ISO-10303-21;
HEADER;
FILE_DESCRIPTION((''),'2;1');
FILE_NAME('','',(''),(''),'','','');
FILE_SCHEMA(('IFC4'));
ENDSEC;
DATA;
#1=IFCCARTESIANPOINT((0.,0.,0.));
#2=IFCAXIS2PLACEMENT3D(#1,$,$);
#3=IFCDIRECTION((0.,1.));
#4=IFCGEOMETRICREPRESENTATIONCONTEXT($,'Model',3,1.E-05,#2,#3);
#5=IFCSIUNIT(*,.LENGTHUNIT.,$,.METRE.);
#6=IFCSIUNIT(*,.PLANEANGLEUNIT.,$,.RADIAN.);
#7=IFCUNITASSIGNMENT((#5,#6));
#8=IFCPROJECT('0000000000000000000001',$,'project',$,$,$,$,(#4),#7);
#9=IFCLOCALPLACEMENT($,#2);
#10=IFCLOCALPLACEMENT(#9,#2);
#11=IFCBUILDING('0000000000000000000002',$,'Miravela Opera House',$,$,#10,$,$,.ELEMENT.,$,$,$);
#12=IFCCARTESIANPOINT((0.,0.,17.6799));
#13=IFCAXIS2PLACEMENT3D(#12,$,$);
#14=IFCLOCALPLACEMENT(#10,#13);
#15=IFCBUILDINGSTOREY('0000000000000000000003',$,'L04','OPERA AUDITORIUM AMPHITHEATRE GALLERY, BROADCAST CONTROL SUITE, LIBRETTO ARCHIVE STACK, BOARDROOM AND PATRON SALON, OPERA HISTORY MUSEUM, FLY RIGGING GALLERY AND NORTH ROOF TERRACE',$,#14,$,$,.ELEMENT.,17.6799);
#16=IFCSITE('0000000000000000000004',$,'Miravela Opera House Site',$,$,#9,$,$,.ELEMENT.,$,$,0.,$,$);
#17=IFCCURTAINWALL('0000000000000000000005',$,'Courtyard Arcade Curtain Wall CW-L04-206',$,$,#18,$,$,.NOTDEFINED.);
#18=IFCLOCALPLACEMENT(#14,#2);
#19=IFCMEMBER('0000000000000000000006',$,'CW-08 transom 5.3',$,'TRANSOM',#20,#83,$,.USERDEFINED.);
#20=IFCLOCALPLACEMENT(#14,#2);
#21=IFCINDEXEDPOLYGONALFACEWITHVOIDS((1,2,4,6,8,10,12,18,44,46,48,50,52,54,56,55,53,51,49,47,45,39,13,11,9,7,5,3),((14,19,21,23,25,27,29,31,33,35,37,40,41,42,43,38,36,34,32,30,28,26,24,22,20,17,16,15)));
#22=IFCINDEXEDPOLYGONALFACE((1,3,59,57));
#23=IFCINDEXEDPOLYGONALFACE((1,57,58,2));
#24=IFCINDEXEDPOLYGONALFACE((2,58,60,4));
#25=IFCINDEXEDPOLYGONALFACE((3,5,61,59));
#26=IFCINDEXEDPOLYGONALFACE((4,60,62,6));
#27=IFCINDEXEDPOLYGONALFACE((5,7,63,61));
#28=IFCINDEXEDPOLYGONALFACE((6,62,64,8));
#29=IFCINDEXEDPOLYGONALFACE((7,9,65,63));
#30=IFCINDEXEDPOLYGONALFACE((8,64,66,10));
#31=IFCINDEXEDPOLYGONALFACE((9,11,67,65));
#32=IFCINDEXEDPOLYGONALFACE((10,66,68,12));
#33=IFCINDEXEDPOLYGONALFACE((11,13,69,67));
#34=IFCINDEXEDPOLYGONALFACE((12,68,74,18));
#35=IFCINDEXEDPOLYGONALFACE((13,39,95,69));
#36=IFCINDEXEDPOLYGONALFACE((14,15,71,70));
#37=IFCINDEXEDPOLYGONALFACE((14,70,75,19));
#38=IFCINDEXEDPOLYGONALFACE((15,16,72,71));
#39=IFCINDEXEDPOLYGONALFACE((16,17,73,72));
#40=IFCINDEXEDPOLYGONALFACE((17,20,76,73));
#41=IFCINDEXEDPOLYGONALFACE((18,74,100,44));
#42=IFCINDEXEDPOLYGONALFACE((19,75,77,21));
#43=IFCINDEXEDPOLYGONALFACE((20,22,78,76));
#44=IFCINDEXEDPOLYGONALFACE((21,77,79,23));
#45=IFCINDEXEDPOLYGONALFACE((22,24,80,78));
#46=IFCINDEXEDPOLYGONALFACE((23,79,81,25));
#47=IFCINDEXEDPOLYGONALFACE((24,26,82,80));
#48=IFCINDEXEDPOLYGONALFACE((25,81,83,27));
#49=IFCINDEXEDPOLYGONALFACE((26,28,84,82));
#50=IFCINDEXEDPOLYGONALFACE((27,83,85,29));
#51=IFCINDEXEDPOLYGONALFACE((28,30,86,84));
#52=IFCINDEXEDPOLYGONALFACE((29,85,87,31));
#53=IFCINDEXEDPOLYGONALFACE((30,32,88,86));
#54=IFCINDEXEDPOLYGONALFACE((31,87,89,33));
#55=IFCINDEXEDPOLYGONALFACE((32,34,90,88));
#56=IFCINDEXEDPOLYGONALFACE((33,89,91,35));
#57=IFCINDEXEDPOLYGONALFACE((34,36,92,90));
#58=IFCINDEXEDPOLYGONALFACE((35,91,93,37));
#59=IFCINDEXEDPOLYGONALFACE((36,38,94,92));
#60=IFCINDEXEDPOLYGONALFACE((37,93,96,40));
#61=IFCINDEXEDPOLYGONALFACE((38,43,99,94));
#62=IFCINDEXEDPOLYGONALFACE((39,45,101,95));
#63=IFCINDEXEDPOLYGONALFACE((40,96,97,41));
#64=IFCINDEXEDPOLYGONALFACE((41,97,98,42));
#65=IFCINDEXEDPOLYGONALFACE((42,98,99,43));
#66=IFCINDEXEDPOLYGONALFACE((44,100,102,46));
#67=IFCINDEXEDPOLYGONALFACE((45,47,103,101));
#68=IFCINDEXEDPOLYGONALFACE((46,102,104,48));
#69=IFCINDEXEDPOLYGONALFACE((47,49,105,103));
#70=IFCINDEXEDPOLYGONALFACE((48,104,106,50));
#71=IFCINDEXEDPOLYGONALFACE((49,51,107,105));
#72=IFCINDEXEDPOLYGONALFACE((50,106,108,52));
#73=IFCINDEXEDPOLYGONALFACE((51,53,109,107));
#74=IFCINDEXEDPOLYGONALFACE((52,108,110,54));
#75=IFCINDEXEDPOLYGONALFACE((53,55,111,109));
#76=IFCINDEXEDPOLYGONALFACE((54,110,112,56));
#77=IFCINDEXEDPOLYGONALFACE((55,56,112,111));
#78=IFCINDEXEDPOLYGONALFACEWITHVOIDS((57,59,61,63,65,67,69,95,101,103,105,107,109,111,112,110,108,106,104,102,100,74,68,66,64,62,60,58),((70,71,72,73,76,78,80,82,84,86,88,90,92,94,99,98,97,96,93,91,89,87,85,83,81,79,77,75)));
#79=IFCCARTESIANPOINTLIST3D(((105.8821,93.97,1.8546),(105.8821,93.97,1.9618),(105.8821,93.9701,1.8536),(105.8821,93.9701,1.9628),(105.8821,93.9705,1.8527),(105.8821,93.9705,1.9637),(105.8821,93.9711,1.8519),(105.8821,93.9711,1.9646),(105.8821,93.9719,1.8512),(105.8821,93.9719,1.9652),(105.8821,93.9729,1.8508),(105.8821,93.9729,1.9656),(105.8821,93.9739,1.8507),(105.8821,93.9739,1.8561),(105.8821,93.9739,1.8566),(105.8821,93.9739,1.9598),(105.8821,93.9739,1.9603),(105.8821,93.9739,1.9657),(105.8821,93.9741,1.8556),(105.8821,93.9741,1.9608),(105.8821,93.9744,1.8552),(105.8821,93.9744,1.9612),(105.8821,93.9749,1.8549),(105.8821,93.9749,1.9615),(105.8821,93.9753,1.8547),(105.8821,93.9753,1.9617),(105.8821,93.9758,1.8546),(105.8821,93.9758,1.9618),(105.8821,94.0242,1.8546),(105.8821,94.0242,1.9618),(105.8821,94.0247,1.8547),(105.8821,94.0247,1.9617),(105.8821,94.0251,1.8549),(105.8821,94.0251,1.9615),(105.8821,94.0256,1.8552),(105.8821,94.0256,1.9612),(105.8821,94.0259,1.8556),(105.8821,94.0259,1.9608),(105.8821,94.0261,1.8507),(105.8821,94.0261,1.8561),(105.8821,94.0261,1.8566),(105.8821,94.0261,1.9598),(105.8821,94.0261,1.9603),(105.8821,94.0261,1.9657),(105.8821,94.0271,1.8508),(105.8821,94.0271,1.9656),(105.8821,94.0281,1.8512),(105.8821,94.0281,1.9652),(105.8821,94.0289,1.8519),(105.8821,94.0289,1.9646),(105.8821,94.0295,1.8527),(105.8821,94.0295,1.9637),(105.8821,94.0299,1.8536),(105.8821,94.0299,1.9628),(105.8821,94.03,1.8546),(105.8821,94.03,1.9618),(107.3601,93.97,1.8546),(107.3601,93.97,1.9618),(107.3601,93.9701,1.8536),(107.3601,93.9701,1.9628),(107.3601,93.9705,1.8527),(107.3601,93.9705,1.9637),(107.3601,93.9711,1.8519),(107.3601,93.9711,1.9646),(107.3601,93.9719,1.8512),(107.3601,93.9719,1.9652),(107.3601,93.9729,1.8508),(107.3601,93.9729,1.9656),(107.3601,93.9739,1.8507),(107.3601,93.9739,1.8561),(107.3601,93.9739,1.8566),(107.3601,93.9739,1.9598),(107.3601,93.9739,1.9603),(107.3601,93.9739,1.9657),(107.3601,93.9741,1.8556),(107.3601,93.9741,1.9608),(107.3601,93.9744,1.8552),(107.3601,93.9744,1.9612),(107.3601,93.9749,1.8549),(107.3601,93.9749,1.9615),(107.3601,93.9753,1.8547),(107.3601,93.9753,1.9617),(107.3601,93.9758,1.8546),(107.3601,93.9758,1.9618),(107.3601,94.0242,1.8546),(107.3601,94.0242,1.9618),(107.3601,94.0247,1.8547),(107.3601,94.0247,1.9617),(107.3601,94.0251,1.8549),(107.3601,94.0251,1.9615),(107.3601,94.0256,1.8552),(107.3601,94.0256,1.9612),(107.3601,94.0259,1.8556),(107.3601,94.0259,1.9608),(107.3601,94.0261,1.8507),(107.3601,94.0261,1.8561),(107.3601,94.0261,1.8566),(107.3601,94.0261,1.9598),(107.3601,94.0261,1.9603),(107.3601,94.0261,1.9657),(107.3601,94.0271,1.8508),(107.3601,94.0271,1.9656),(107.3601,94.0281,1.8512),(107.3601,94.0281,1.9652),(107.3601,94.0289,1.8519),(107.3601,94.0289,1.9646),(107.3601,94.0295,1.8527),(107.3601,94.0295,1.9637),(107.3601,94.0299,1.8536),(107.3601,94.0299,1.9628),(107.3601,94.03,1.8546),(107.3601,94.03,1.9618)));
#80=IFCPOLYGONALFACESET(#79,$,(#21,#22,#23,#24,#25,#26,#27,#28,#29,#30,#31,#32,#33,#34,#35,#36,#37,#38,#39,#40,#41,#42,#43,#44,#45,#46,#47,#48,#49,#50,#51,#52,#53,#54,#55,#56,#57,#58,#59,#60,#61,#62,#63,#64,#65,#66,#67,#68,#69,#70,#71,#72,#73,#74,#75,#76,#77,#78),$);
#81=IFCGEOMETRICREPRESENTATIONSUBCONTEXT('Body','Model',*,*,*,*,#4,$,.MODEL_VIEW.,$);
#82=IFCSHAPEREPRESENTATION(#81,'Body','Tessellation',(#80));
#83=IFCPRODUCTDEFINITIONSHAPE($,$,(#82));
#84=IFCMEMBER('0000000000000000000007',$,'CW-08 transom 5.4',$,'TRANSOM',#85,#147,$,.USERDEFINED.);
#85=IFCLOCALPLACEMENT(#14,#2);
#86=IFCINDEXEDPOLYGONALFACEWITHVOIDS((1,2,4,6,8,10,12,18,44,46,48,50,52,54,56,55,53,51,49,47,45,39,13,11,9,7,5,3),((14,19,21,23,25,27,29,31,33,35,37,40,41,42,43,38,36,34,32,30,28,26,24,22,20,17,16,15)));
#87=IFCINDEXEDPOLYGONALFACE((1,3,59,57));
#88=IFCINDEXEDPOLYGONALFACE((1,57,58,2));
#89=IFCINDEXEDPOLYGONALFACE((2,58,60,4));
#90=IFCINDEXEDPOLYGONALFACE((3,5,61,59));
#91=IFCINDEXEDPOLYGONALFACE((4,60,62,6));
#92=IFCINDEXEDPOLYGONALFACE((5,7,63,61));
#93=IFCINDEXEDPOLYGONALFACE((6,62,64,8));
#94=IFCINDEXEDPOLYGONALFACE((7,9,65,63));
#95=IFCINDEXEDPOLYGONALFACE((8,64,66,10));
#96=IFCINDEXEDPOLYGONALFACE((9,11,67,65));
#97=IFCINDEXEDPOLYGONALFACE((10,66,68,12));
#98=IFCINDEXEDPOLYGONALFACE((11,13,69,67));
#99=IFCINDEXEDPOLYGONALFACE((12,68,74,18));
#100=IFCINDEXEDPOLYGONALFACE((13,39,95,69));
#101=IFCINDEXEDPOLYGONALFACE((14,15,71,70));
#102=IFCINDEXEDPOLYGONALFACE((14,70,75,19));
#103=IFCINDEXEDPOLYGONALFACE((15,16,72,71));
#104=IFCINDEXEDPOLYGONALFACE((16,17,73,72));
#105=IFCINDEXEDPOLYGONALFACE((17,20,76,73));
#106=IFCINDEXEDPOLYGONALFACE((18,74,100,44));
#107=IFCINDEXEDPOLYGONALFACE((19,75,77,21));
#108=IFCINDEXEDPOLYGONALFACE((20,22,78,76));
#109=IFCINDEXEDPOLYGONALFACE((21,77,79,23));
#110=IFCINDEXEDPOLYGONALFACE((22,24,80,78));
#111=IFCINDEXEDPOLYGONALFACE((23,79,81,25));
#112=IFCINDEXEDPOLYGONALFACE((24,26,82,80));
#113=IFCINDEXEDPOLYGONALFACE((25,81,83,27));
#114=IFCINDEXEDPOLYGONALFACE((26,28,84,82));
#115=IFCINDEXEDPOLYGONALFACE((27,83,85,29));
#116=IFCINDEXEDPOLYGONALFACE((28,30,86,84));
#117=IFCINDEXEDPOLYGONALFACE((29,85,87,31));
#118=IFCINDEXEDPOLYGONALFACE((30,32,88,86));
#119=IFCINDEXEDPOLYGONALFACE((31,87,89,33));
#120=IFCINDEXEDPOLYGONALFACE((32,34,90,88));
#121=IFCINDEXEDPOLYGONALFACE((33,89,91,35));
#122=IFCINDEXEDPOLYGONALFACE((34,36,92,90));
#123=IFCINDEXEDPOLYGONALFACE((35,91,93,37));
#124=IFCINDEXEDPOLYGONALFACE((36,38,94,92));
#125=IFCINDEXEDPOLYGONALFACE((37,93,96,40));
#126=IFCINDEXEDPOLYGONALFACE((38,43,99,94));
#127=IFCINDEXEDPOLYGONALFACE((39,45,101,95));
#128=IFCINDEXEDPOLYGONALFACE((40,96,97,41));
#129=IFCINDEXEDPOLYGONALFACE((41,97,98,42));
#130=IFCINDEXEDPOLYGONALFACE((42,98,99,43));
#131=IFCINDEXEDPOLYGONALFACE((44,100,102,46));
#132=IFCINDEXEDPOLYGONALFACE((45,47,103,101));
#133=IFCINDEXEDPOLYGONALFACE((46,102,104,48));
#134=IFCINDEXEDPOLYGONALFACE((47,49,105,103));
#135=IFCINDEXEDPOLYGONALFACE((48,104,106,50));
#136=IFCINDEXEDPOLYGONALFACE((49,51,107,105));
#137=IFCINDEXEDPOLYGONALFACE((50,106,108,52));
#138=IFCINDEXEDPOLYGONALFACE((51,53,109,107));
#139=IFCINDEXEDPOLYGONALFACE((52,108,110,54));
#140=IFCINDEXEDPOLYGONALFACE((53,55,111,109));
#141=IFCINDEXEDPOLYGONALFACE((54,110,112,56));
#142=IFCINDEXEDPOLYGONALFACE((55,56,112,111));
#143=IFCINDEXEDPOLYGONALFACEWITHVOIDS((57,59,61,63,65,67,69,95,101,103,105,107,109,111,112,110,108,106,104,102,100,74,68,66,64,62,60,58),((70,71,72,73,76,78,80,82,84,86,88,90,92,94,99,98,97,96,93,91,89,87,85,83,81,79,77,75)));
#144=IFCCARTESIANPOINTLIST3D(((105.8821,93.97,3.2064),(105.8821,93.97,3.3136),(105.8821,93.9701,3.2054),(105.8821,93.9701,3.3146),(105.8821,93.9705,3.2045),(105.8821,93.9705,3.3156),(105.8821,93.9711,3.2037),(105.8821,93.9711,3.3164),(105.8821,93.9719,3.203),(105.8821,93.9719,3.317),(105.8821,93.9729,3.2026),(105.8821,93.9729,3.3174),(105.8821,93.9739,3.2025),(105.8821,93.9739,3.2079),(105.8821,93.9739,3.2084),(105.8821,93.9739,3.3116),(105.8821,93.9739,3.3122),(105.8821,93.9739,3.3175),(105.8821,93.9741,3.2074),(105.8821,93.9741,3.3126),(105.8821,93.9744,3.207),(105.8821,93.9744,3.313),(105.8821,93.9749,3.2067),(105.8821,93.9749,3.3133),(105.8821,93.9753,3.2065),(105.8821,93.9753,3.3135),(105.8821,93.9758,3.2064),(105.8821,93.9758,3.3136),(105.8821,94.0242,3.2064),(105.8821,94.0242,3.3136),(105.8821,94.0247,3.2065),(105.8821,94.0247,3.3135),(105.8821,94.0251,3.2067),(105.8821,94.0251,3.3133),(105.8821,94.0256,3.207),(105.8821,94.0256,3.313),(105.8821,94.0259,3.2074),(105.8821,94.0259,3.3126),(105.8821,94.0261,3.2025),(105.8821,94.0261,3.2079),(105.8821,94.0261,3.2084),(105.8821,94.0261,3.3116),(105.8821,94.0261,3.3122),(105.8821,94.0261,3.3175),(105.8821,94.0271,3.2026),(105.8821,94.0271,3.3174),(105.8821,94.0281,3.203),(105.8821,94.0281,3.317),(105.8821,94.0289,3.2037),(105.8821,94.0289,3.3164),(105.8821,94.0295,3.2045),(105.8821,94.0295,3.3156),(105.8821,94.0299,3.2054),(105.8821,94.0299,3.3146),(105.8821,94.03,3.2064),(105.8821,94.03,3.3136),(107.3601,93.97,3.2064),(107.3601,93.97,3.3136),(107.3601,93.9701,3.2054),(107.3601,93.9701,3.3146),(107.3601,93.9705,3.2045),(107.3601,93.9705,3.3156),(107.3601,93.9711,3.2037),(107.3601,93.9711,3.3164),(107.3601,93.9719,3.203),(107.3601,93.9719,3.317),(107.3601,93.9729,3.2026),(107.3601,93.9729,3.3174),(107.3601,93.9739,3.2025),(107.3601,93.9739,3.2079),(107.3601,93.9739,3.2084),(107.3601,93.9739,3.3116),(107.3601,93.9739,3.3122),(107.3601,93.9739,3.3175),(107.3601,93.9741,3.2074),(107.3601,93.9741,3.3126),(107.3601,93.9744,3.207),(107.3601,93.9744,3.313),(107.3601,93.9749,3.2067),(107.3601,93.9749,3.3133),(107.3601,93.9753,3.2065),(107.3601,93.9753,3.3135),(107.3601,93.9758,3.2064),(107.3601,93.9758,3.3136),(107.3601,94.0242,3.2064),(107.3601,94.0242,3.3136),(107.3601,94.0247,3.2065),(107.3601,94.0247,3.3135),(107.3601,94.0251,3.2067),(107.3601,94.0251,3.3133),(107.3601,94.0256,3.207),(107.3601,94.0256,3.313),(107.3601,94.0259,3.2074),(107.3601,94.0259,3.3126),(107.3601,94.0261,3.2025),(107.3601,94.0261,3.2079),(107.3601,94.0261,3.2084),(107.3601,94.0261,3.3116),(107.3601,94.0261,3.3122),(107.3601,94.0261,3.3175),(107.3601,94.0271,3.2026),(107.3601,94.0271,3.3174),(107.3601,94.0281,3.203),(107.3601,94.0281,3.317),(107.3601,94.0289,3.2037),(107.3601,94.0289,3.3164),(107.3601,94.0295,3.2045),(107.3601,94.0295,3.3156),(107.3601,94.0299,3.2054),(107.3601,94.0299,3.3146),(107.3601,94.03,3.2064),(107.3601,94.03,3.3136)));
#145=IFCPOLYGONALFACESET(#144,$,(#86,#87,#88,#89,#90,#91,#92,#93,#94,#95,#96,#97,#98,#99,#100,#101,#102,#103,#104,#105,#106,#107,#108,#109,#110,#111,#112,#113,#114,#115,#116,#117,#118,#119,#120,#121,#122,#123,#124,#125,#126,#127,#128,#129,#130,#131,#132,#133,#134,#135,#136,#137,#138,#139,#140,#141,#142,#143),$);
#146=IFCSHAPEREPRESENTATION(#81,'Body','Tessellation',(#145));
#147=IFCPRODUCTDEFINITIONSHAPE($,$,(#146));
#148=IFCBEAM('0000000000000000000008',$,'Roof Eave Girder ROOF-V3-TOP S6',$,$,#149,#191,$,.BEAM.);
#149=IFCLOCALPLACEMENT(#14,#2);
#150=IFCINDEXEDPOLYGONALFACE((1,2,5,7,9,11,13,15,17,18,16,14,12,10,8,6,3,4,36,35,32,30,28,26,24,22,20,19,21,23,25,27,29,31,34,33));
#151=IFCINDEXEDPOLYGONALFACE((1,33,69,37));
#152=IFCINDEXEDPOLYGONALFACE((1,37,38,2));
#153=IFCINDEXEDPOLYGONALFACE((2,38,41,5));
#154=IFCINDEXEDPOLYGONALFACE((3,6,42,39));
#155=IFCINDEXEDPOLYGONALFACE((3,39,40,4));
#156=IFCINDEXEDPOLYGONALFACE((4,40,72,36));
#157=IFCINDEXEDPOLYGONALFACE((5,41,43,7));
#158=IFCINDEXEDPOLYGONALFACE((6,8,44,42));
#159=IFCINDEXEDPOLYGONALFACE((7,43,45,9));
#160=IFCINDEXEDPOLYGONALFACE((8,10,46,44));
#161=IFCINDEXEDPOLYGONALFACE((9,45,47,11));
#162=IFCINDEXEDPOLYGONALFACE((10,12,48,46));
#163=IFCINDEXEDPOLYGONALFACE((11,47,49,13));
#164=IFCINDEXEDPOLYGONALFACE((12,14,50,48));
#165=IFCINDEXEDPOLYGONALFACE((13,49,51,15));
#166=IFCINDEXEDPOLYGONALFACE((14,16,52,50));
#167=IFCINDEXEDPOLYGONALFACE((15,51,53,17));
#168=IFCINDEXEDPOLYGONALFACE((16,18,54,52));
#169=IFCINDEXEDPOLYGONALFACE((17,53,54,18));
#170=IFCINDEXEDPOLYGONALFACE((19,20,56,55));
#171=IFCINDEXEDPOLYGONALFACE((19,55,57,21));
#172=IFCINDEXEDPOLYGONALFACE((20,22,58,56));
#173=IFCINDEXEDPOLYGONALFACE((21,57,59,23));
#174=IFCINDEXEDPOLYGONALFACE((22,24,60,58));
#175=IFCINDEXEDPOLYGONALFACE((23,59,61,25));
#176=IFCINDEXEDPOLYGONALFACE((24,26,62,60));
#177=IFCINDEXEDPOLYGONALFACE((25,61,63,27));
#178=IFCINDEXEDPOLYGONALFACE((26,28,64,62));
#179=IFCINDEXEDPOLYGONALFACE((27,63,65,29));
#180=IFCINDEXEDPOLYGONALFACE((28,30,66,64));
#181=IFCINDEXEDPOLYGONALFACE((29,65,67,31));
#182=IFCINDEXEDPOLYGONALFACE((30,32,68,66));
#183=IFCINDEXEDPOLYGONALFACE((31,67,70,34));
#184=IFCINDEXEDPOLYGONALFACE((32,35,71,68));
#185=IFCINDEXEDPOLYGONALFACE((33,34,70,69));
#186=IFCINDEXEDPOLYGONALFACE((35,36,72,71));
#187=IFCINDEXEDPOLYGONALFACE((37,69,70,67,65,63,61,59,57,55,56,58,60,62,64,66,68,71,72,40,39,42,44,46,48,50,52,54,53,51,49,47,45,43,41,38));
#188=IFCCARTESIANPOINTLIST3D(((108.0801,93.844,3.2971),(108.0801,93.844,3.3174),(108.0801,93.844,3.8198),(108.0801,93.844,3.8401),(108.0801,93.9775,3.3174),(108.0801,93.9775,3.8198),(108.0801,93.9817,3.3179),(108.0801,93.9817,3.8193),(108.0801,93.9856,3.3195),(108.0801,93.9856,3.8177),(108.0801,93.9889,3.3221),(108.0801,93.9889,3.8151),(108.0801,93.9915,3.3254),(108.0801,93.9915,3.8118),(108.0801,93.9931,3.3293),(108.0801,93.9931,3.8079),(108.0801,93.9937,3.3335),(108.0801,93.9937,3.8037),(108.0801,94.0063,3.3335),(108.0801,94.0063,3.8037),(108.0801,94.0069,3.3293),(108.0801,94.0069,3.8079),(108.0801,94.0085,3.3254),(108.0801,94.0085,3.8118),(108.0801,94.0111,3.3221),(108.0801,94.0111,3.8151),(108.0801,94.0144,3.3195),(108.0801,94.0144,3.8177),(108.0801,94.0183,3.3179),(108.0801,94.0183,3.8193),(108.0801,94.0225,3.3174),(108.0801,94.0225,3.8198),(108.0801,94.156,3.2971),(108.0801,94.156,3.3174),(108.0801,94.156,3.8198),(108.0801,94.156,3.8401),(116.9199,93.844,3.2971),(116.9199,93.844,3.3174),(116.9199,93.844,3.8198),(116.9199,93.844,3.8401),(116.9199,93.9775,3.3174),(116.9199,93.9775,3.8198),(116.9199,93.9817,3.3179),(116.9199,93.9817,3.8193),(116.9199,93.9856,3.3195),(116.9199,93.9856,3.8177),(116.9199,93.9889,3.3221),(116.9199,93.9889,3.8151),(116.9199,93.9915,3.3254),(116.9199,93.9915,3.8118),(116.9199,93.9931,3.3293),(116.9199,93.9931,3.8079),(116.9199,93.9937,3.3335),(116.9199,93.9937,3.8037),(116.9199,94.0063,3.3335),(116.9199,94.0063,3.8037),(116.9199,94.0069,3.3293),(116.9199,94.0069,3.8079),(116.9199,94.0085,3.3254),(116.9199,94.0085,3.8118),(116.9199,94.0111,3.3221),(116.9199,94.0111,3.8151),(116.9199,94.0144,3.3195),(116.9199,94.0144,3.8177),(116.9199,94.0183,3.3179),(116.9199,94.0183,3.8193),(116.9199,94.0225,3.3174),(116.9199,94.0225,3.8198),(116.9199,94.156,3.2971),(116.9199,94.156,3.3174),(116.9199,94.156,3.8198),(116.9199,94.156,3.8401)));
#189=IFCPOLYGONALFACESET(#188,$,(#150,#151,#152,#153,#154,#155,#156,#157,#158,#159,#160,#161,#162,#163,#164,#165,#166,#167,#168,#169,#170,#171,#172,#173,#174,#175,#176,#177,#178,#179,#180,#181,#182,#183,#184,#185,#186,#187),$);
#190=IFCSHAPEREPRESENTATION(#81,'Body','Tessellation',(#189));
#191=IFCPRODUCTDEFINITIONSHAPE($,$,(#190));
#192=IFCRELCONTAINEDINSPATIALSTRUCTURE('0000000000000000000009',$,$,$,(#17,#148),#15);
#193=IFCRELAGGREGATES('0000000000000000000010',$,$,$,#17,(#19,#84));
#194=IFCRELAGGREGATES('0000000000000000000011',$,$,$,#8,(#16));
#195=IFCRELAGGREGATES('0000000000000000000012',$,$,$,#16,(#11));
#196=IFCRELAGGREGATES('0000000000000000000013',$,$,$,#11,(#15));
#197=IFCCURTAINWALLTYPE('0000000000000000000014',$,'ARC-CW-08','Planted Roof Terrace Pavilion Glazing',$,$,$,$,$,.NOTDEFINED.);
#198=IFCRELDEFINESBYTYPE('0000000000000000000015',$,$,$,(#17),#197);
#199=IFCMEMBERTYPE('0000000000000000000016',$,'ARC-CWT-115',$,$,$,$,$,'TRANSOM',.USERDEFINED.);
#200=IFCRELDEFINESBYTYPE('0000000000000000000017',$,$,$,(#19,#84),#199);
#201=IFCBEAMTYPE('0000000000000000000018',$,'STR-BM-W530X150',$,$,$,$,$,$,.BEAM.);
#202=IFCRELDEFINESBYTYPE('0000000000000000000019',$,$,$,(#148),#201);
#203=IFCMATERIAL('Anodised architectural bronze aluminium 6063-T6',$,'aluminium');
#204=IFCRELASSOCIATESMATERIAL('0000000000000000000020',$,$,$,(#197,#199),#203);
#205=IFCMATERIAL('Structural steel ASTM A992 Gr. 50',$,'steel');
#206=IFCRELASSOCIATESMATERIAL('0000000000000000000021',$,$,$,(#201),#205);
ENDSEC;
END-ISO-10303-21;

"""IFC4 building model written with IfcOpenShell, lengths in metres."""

from ifc_helpers import new_model, si_unit, direction, frame, origin, origin_2d, place, context, subcontext, project, spatial, hollow_rectangle, i_section, extrude, material, material_profile, profile_set, type_object, element, aggregate, save


model = new_model("IFC4")

# Units and contexts
model_context = context("Model", 3, precision=1e-05, world=origin(), true_north=direction((0.0, 1.0)))
body_context = subcontext(model_context, "Body", "Model", "MODEL_VIEW")
ifc_project = project(units=[si_unit("LENGTHUNIT", "METRE"), si_unit("PLANEANGLEUNIT", "RADIAN")], contexts=[model_context])

# Site, building, storey
site_placement = place(None, origin())
site = spatial("IfcSite", under=ifc_project, at=site_placement, Name="Miravela Opera House Site", CompositionType="ELEMENT", RefElevation=0.0)
building_placement = place(site_placement, origin())
building = spatial("IfcBuilding", under=site, at=building_placement, Name="Miravela Opera House", CompositionType="ELEMENT")
storey_placement = place(building_placement, frame((0.0, 0.0, 17.6799)))
storey = spatial("IfcBuildingStorey", under=building, at=storey_placement, Name="L04", Description="OPERA AUDITORIUM AMPHITHEATRE GALLERY, BROADCAST CONTROL SUITE, LIBRETTO ARCHIVE STACK, BOARDROOM AND PATRON SALON, OPERA HISTORY MUSEUM, FLY RIGGING GALLERY AND NORTH ROOF TERRACE", CompositionType="ELEMENT", Elevation=17.6799)

# Curtain wall, members
ifc_material_1 = material(Name="Anodised architectural bronze aluminium 6063-T6", Category="aluminium")
curtain_wall_type = type_object("IfcCurtainWallType", Name="ARC-CW-08", Description="Planted Roof Terrace Pavilion Glazing", PredefinedType="NOTDEFINED", material=ifc_material_1)
curtain_wall_placement = place(storey_placement, origin())
curtain_wall = element("IfcCurtainWall", 1, at=curtain_wall_placement, inside=storey, type_object=curtain_wall_type, Name="Courtyard Arcade Curtain Wall CW-L04-206", PredefinedType="NOTDEFINED")
ifc_material_profile_1 = material_profile(ifc_material_1, hollow_rectangle(XDim=0.0601, YDim=0.115, WallThickness=0.0039, InnerFilletRadius=0.002, OuterFilletRadius=0.0039, at=origin_2d()), Name="CWT-60X115")
ifc_profile_set_1 = profile_set([ifc_material_profile_1])
member_type_1 = type_object("IfcMemberType", Name="ARC-CWT-115", ElementType="TRANSOM", PredefinedType="USERDEFINED", material=ifc_profile_set_1)
member_1_placement = place(storey_placement, frame((105.8821, 94.0, 1.9082), z_axis=(1.0, 0.0, 0.0), x_axis=(0.0, 1.0, 0.0)))
member_1 = element("IfcMember", 2, at=member_1_placement, type_object=member_type_1, Name="CW-08 transom 5.3", ObjectType="TRANSOM", PredefinedType="USERDEFINED", context=body_context, shape_type="SweptSolid", body=[
    extrude(hollow_rectangle(XDim=0.0601, YDim=0.115, WallThickness=0.0039, InnerFilletRadius=0.002, OuterFilletRadius=0.0039, at=origin_2d()), origin(), (0.0, 0.0, 1.0), 1.478),
])
member_2_placement = place(storey_placement, frame((105.8821, 94.0, 3.26), z_axis=(1.0, 0.0, 0.0), x_axis=(0.0, 1.0, 0.0)))
member_2 = element("IfcMember", 3, at=member_2_placement, type_object=member_type_1, Name="CW-08 transom 5.4", ObjectType="TRANSOM", PredefinedType="USERDEFINED", context=body_context, shape_type="SweptSolid", body=[
    extrude(hollow_rectangle(XDim=0.0601, YDim=0.115, WallThickness=0.0039, InnerFilletRadius=0.002, OuterFilletRadius=0.0039, at=origin_2d()), origin(), (0.0, 0.0, 1.0), 1.478),
])

# Beam
ifc_material_2 = material(Name="Structural steel ASTM A992 Gr. 50", Category="steel")
ifc_material_profile_2 = material_profile(ifc_material_2, i_section(OverallWidth=0.312, OverallDepth=0.543, WebThickness=0.0127, FlangeThickness=0.0203, FilletRadius=0.0161, at=origin_2d()), Name="W530X150")
ifc_profile_set_2 = profile_set([ifc_material_profile_2])
beam_type = type_object("IfcBeamType", Name="STR-BM-W530X150", PredefinedType="BEAM", material=ifc_profile_set_2)
for number, where, z_axis, x_axis, name in (
    (4, (108.0801, 94.0, 3.5686), (1.0, 0.0, 0.0), (0.0, 1.0, 0.0), "Roof Eave Girder ROOF-V3-TOP S6"),
):
    element("IfcBeam", number, at=place(storey_placement, frame(where, z_axis=z_axis, x_axis=x_axis)), inside=storey, type_object=beam_type, Name=name, PredefinedType="BEAM", context=body_context, shape_type="SweptSolid", body=[
        extrude(i_section(OverallWidth=0.312, OverallDepth=0.543, WebThickness=0.0127, FlangeThickness=0.0203, FilletRadius=0.0161, at=origin_2d()), origin(), (0.0, 0.0, 1.0), 8.8398),
    ])

aggregate(curtain_wall, [member_1, member_2])

save(model, "model.ifc")
